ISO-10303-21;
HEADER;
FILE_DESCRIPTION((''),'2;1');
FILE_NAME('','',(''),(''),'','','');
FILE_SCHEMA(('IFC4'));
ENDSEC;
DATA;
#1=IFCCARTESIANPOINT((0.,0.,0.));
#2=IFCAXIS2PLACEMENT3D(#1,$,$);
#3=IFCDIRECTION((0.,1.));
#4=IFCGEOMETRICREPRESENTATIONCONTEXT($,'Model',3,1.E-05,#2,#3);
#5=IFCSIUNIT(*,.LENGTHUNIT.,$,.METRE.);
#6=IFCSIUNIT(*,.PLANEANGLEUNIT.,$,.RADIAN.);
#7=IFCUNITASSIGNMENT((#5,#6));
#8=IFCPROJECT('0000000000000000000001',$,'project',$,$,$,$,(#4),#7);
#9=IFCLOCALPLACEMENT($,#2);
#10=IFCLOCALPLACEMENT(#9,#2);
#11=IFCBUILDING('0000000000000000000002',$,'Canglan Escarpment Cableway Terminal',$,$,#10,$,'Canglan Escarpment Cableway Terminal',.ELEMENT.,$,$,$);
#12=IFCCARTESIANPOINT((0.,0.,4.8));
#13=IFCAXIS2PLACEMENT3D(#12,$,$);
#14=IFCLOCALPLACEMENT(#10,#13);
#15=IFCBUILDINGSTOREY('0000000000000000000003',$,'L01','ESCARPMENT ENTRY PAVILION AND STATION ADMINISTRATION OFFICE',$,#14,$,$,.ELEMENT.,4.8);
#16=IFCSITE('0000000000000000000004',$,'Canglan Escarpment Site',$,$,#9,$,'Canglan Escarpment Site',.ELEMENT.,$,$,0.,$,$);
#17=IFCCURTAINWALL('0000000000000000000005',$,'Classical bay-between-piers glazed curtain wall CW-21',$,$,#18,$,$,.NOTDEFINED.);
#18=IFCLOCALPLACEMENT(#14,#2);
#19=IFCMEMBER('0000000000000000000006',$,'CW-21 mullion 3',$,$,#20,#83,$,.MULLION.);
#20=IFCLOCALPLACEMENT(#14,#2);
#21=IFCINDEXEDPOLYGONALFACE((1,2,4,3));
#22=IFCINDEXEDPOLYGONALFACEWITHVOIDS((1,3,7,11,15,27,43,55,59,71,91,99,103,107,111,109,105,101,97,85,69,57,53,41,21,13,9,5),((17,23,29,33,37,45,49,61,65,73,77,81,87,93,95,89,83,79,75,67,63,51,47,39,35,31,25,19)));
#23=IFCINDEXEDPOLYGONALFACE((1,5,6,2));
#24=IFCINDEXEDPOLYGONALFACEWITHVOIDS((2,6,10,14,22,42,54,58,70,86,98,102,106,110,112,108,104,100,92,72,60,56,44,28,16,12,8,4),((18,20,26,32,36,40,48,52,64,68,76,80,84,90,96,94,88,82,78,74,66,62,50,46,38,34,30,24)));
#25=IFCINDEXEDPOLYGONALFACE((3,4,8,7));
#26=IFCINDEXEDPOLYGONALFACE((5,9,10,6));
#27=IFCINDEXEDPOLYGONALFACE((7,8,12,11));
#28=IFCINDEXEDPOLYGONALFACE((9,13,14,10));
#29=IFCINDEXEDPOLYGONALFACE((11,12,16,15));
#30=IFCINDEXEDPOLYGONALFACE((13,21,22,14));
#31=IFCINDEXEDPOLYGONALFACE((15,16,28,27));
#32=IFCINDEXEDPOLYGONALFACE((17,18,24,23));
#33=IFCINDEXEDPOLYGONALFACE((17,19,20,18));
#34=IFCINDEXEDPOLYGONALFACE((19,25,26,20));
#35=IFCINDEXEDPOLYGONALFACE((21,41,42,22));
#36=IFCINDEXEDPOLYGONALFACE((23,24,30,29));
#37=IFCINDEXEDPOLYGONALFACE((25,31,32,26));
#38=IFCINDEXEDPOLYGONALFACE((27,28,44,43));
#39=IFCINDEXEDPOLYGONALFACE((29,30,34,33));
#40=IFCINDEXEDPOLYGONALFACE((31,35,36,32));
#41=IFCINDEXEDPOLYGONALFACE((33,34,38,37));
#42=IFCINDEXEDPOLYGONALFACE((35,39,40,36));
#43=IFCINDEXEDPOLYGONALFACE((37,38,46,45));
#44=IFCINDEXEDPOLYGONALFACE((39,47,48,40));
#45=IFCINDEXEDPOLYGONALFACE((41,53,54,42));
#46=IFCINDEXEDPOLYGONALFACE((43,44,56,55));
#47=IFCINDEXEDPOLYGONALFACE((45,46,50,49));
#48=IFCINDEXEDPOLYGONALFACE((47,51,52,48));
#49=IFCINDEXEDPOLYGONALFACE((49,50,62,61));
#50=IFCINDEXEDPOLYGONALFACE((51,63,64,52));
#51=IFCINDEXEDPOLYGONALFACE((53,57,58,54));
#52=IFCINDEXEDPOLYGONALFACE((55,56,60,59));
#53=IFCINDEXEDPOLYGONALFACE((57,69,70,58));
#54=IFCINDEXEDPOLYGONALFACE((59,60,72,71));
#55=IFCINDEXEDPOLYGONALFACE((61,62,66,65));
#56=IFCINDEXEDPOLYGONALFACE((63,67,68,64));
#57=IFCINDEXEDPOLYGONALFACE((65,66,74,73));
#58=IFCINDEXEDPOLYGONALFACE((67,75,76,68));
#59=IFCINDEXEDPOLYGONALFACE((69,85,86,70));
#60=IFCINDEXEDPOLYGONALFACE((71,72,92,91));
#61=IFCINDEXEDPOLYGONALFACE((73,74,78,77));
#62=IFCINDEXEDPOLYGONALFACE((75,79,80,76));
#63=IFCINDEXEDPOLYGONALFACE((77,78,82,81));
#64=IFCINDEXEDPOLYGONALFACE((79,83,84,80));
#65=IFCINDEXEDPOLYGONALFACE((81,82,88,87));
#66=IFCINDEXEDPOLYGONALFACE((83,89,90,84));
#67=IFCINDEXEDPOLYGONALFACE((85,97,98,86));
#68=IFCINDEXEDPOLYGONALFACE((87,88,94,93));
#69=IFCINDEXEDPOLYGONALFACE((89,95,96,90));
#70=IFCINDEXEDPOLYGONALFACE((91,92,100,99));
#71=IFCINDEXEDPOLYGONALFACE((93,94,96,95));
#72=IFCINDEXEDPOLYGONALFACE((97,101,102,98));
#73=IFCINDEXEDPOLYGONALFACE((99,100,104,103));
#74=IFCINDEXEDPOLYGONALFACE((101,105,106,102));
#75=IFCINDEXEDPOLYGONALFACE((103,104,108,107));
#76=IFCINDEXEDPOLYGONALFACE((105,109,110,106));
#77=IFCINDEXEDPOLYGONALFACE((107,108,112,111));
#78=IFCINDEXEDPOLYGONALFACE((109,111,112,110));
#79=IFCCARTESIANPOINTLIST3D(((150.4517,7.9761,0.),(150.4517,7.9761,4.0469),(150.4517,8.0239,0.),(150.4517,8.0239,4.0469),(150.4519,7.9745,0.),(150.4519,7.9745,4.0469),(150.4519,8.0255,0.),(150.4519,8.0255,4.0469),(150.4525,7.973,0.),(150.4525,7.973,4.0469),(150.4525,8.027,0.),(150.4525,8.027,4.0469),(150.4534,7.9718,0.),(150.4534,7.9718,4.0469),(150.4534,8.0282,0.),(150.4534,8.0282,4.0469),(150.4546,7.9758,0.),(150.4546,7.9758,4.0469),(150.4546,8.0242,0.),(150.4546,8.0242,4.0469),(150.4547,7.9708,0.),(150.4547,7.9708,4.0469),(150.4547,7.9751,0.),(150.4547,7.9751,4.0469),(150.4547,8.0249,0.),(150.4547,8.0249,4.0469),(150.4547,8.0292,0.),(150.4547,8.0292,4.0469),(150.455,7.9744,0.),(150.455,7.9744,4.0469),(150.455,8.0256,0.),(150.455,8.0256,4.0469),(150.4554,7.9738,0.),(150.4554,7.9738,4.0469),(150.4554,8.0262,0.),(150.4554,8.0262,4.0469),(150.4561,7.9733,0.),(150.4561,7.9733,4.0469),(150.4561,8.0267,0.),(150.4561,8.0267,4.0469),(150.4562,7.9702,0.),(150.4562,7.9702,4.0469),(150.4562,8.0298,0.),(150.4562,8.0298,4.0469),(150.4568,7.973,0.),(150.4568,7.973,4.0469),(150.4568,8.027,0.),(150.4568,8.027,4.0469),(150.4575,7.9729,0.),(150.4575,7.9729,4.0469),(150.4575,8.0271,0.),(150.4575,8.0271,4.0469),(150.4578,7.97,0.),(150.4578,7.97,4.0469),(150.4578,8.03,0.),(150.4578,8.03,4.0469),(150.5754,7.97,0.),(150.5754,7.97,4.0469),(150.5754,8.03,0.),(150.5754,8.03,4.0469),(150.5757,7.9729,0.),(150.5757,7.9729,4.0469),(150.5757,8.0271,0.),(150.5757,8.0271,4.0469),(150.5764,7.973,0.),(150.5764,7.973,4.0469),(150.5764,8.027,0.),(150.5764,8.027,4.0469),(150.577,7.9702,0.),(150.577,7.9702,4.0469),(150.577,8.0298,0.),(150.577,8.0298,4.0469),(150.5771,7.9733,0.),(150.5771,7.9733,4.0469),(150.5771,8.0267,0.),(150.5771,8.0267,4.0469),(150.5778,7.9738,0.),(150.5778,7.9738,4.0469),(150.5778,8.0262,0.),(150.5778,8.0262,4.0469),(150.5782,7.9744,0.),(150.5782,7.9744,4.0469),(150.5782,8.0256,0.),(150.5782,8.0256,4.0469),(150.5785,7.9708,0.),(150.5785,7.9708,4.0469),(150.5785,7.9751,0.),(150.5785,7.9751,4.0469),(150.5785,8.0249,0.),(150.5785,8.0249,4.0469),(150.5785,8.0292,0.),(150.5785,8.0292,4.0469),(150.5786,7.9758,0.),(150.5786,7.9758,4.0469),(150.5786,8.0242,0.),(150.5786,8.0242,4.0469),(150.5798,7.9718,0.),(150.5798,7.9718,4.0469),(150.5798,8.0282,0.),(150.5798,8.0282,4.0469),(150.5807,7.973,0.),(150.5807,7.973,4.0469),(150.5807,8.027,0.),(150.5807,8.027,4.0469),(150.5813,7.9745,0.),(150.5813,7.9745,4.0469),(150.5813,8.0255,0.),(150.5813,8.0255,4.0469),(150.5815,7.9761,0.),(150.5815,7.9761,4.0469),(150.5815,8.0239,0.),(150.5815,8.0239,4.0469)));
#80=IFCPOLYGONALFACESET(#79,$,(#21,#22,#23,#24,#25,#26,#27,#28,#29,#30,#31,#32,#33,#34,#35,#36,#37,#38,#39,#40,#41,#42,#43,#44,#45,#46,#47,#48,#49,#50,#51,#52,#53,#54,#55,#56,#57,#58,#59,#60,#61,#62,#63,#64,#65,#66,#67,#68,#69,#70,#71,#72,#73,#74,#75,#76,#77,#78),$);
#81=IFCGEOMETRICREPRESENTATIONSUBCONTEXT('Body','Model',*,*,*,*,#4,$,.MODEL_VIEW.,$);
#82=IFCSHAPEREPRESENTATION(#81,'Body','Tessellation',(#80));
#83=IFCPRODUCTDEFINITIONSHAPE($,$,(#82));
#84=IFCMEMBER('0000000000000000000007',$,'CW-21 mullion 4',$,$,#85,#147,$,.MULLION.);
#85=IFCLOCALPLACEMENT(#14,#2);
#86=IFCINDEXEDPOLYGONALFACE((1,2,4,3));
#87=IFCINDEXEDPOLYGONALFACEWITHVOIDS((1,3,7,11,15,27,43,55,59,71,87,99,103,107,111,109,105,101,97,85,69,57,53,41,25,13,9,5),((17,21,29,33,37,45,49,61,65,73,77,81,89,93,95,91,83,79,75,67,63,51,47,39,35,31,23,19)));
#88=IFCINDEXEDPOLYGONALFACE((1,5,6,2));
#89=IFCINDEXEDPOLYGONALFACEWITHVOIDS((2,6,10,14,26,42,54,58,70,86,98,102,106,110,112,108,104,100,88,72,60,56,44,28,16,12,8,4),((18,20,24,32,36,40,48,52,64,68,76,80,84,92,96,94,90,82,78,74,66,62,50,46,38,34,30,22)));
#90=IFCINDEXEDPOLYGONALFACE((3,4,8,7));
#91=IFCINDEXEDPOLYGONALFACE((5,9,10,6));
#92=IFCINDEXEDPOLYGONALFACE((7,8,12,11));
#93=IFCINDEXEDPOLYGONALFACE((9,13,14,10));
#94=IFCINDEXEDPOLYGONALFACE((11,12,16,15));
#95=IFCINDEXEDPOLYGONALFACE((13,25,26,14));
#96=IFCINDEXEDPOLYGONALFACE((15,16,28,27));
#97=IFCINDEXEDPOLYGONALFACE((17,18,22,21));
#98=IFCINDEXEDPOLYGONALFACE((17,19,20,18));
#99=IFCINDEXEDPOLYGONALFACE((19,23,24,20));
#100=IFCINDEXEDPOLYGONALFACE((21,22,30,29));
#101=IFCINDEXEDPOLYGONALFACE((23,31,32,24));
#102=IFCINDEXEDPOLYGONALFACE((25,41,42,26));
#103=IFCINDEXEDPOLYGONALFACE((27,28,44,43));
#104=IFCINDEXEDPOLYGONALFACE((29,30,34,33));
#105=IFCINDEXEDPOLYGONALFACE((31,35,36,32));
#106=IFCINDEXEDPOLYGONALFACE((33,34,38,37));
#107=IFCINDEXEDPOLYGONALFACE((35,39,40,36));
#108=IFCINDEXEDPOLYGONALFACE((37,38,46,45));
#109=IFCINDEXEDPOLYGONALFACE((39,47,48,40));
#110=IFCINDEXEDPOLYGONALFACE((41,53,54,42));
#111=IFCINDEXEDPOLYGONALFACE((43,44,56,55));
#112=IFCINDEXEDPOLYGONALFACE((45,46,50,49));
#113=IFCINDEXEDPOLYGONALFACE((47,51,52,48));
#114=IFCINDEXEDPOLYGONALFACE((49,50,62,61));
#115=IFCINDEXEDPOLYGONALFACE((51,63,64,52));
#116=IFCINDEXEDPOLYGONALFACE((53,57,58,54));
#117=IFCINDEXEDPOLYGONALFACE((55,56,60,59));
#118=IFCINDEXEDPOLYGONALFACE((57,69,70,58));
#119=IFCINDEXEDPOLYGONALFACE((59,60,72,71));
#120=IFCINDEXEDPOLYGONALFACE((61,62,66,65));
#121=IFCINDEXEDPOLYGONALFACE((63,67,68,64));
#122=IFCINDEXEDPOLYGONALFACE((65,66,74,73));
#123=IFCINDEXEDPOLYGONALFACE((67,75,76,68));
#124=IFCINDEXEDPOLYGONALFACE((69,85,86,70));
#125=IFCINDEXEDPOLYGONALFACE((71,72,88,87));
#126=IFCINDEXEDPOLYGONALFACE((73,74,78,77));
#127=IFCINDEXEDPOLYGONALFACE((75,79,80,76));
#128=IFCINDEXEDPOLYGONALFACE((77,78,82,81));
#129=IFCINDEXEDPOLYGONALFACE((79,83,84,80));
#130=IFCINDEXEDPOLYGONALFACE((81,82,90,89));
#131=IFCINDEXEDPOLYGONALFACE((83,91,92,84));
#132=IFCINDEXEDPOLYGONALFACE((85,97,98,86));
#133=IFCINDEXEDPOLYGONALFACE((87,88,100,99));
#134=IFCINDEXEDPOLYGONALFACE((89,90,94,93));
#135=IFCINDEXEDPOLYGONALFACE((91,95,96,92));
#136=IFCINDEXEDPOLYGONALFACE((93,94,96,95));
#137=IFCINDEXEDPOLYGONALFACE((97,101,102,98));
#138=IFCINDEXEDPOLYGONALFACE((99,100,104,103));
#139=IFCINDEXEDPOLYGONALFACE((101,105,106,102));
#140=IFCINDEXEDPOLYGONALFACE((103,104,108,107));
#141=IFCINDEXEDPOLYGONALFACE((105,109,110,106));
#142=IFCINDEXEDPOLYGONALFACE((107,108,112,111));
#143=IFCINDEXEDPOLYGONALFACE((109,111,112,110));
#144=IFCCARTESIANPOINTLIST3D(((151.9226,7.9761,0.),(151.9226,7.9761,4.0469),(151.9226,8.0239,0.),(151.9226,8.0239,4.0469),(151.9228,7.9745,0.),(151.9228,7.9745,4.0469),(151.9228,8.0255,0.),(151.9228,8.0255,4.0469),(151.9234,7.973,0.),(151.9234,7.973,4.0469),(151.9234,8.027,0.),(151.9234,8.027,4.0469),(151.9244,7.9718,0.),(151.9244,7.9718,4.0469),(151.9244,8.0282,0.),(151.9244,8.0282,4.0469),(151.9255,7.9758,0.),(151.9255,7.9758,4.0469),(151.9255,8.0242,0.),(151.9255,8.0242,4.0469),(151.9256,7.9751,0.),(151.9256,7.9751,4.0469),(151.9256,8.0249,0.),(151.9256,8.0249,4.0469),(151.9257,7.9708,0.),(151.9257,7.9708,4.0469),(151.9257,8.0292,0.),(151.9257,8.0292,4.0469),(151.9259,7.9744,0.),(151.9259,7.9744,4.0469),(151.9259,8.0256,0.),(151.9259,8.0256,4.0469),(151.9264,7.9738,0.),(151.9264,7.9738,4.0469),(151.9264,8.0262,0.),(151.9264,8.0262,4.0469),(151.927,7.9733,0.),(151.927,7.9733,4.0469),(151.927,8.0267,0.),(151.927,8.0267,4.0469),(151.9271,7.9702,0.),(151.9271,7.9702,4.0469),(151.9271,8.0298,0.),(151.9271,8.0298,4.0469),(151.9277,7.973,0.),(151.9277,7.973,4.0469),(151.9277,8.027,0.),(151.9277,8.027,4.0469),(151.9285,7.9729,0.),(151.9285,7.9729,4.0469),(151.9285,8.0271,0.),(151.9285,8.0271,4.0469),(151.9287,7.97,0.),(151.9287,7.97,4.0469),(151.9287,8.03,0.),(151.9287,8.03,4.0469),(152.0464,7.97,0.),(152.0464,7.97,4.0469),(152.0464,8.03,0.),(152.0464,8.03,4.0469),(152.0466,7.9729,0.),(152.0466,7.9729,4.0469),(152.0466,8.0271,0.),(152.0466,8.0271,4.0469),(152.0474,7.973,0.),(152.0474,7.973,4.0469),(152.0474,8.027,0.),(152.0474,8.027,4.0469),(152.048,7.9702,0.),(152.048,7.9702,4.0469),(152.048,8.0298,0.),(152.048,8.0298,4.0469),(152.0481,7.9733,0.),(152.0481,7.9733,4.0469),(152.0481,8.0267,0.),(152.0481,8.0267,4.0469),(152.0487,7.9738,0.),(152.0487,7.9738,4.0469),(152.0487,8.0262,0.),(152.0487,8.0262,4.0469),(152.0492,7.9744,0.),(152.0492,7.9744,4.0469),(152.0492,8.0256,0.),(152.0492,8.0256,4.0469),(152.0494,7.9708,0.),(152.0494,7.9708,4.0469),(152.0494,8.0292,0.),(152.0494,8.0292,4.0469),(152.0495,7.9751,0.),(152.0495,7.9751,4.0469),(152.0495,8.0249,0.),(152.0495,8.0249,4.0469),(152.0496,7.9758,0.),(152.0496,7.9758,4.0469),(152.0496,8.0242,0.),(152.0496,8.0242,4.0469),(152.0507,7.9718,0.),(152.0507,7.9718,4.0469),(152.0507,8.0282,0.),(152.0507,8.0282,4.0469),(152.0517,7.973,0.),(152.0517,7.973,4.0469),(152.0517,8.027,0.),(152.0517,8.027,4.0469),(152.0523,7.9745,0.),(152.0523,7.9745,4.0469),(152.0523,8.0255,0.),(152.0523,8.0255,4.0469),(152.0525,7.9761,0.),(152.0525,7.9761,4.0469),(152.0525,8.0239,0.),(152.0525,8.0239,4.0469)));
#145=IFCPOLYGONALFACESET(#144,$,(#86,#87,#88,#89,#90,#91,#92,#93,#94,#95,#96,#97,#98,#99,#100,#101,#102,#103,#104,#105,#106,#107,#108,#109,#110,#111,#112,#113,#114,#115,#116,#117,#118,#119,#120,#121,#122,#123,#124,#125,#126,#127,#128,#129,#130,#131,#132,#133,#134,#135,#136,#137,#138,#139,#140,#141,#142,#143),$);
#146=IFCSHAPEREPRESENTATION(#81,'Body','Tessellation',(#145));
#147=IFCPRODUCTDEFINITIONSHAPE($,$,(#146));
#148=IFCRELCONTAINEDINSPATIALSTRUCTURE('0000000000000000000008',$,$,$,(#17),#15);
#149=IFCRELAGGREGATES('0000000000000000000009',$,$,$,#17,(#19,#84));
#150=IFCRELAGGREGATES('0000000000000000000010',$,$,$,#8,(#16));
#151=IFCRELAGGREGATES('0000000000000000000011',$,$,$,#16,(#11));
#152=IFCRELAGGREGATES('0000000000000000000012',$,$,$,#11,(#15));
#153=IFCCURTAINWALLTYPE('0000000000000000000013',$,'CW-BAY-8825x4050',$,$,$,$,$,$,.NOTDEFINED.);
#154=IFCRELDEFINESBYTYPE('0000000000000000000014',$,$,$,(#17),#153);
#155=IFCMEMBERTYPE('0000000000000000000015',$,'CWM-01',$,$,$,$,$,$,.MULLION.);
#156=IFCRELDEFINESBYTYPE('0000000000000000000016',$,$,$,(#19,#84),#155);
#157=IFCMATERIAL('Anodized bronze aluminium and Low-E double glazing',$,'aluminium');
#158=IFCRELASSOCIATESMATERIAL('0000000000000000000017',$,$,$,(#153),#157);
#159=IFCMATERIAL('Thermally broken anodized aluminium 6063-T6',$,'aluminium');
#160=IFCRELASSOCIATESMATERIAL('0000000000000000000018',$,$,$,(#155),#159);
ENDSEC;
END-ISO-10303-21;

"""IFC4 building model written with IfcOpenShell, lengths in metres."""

from ifc_helpers import new_model, si_unit, direction, frame, origin, origin_2d, place, context, subcontext, project, spatial, hollow_rectangle, extrude, material, material_profile, profile_set, type_object, element, aggregate, save


model = new_model("IFC4")

# Units and contexts
model_context = context("Model", 3, precision=1e-05, world=origin(), true_north=direction((0.0, 1.0)))
body_context = subcontext(model_context, "Body", "Model", "MODEL_VIEW")
ifc_project = project(units=[si_unit("LENGTHUNIT", "METRE"), si_unit("PLANEANGLEUNIT", "RADIAN")], contexts=[model_context])

# Site, building, storey
site_placement = place(None, origin())
site = spatial("IfcSite", under=ifc_project, at=site_placement, Name="Canglan Escarpment Site", LongName="Canglan Escarpment Site", CompositionType="ELEMENT", RefElevation=0.0)
building_placement = place(site_placement, origin())
building = spatial("IfcBuilding", under=site, at=building_placement, Name="Canglan Escarpment Cableway Terminal", LongName="Canglan Escarpment Cableway Terminal", CompositionType="ELEMENT")
storey_placement = place(building_placement, frame((0.0, 0.0, 4.8)))
storey = spatial("IfcBuildingStorey", under=building, at=storey_placement, Name="L01", Description="ESCARPMENT ENTRY PAVILION AND STATION ADMINISTRATION OFFICE", CompositionType="ELEMENT", Elevation=4.8)

# Curtain wall, members
ifc_material_1 = material(Name="Anodized bronze aluminium and Low-E double glazing", Category="aluminium")
curtain_wall_type = type_object("IfcCurtainWallType", Name="CW-BAY-8825x4050", PredefinedType="NOTDEFINED", material=ifc_material_1)
curtain_wall_placement = place(storey_placement, origin())
curtain_wall = element("IfcCurtainWall", 1, at=curtain_wall_placement, inside=storey, type_object=curtain_wall_type, Name="Classical bay-between-piers glazed curtain wall CW-21", PredefinedType="NOTDEFINED")
ifc_material_2 = material(Name="Thermally broken anodized aluminium 6063-T6", Category="aluminium")
ifc_material_profile_1 = material_profile(ifc_material_2, hollow_rectangle(XDim=0.0601, YDim=0.1299, WallThickness=0.0029, InnerFilletRadius=0.0029, OuterFilletRadius=0.0061, at=origin_2d()), Name="ALU-MULL 60x130x3")
ifc_profile_set_1 = profile_set([ifc_material_profile_1], Name="Thermally broken anodized aluminium 6063-T6")
member_type_1 = type_object("IfcMemberType", Name="CWM-01", PredefinedType="MULLION", material=ifc_profile_set_1)
member_1_placement = place(storey_placement, frame((150.5166, 8.0, 0.0), z_axis=(0.0, 0.0, 1.0), x_axis=(0.0, 1.0, 0.0)))
member_1 = element("IfcMember", 2, at=member_1_placement, type_object=member_type_1, Name="CW-21 mullion 3", PredefinedType="MULLION", context=body_context, shape_type="SweptSolid", body=[
    extrude(hollow_rectangle(XDim=0.0601, YDim=0.1299, WallThickness=0.0029, InnerFilletRadius=0.0029, OuterFilletRadius=0.0061, at=origin_2d()), origin(), (0.0, 0.0, 1.0), 4.0469),
])
member_2_placement = place(storey_placement, frame((151.9875, 8.0, 0.0), z_axis=(0.0, 0.0, 1.0), x_axis=(0.0, 1.0, 0.0)))
member_2 = element("IfcMember", 3, at=member_2_placement, type_object=member_type_1, Name="CW-21 mullion 4", PredefinedType="MULLION", context=body_context, shape_type="SweptSolid", body=[
    extrude(hollow_rectangle(XDim=0.0601, YDim=0.1299, WallThickness=0.0029, InnerFilletRadius=0.0029, OuterFilletRadius=0.0061, at=origin_2d()), origin(), (0.0, 0.0, 1.0), 4.0469),
])
aggregate(curtain_wall, [member_1, member_2])

save(model, "model.ifc")
